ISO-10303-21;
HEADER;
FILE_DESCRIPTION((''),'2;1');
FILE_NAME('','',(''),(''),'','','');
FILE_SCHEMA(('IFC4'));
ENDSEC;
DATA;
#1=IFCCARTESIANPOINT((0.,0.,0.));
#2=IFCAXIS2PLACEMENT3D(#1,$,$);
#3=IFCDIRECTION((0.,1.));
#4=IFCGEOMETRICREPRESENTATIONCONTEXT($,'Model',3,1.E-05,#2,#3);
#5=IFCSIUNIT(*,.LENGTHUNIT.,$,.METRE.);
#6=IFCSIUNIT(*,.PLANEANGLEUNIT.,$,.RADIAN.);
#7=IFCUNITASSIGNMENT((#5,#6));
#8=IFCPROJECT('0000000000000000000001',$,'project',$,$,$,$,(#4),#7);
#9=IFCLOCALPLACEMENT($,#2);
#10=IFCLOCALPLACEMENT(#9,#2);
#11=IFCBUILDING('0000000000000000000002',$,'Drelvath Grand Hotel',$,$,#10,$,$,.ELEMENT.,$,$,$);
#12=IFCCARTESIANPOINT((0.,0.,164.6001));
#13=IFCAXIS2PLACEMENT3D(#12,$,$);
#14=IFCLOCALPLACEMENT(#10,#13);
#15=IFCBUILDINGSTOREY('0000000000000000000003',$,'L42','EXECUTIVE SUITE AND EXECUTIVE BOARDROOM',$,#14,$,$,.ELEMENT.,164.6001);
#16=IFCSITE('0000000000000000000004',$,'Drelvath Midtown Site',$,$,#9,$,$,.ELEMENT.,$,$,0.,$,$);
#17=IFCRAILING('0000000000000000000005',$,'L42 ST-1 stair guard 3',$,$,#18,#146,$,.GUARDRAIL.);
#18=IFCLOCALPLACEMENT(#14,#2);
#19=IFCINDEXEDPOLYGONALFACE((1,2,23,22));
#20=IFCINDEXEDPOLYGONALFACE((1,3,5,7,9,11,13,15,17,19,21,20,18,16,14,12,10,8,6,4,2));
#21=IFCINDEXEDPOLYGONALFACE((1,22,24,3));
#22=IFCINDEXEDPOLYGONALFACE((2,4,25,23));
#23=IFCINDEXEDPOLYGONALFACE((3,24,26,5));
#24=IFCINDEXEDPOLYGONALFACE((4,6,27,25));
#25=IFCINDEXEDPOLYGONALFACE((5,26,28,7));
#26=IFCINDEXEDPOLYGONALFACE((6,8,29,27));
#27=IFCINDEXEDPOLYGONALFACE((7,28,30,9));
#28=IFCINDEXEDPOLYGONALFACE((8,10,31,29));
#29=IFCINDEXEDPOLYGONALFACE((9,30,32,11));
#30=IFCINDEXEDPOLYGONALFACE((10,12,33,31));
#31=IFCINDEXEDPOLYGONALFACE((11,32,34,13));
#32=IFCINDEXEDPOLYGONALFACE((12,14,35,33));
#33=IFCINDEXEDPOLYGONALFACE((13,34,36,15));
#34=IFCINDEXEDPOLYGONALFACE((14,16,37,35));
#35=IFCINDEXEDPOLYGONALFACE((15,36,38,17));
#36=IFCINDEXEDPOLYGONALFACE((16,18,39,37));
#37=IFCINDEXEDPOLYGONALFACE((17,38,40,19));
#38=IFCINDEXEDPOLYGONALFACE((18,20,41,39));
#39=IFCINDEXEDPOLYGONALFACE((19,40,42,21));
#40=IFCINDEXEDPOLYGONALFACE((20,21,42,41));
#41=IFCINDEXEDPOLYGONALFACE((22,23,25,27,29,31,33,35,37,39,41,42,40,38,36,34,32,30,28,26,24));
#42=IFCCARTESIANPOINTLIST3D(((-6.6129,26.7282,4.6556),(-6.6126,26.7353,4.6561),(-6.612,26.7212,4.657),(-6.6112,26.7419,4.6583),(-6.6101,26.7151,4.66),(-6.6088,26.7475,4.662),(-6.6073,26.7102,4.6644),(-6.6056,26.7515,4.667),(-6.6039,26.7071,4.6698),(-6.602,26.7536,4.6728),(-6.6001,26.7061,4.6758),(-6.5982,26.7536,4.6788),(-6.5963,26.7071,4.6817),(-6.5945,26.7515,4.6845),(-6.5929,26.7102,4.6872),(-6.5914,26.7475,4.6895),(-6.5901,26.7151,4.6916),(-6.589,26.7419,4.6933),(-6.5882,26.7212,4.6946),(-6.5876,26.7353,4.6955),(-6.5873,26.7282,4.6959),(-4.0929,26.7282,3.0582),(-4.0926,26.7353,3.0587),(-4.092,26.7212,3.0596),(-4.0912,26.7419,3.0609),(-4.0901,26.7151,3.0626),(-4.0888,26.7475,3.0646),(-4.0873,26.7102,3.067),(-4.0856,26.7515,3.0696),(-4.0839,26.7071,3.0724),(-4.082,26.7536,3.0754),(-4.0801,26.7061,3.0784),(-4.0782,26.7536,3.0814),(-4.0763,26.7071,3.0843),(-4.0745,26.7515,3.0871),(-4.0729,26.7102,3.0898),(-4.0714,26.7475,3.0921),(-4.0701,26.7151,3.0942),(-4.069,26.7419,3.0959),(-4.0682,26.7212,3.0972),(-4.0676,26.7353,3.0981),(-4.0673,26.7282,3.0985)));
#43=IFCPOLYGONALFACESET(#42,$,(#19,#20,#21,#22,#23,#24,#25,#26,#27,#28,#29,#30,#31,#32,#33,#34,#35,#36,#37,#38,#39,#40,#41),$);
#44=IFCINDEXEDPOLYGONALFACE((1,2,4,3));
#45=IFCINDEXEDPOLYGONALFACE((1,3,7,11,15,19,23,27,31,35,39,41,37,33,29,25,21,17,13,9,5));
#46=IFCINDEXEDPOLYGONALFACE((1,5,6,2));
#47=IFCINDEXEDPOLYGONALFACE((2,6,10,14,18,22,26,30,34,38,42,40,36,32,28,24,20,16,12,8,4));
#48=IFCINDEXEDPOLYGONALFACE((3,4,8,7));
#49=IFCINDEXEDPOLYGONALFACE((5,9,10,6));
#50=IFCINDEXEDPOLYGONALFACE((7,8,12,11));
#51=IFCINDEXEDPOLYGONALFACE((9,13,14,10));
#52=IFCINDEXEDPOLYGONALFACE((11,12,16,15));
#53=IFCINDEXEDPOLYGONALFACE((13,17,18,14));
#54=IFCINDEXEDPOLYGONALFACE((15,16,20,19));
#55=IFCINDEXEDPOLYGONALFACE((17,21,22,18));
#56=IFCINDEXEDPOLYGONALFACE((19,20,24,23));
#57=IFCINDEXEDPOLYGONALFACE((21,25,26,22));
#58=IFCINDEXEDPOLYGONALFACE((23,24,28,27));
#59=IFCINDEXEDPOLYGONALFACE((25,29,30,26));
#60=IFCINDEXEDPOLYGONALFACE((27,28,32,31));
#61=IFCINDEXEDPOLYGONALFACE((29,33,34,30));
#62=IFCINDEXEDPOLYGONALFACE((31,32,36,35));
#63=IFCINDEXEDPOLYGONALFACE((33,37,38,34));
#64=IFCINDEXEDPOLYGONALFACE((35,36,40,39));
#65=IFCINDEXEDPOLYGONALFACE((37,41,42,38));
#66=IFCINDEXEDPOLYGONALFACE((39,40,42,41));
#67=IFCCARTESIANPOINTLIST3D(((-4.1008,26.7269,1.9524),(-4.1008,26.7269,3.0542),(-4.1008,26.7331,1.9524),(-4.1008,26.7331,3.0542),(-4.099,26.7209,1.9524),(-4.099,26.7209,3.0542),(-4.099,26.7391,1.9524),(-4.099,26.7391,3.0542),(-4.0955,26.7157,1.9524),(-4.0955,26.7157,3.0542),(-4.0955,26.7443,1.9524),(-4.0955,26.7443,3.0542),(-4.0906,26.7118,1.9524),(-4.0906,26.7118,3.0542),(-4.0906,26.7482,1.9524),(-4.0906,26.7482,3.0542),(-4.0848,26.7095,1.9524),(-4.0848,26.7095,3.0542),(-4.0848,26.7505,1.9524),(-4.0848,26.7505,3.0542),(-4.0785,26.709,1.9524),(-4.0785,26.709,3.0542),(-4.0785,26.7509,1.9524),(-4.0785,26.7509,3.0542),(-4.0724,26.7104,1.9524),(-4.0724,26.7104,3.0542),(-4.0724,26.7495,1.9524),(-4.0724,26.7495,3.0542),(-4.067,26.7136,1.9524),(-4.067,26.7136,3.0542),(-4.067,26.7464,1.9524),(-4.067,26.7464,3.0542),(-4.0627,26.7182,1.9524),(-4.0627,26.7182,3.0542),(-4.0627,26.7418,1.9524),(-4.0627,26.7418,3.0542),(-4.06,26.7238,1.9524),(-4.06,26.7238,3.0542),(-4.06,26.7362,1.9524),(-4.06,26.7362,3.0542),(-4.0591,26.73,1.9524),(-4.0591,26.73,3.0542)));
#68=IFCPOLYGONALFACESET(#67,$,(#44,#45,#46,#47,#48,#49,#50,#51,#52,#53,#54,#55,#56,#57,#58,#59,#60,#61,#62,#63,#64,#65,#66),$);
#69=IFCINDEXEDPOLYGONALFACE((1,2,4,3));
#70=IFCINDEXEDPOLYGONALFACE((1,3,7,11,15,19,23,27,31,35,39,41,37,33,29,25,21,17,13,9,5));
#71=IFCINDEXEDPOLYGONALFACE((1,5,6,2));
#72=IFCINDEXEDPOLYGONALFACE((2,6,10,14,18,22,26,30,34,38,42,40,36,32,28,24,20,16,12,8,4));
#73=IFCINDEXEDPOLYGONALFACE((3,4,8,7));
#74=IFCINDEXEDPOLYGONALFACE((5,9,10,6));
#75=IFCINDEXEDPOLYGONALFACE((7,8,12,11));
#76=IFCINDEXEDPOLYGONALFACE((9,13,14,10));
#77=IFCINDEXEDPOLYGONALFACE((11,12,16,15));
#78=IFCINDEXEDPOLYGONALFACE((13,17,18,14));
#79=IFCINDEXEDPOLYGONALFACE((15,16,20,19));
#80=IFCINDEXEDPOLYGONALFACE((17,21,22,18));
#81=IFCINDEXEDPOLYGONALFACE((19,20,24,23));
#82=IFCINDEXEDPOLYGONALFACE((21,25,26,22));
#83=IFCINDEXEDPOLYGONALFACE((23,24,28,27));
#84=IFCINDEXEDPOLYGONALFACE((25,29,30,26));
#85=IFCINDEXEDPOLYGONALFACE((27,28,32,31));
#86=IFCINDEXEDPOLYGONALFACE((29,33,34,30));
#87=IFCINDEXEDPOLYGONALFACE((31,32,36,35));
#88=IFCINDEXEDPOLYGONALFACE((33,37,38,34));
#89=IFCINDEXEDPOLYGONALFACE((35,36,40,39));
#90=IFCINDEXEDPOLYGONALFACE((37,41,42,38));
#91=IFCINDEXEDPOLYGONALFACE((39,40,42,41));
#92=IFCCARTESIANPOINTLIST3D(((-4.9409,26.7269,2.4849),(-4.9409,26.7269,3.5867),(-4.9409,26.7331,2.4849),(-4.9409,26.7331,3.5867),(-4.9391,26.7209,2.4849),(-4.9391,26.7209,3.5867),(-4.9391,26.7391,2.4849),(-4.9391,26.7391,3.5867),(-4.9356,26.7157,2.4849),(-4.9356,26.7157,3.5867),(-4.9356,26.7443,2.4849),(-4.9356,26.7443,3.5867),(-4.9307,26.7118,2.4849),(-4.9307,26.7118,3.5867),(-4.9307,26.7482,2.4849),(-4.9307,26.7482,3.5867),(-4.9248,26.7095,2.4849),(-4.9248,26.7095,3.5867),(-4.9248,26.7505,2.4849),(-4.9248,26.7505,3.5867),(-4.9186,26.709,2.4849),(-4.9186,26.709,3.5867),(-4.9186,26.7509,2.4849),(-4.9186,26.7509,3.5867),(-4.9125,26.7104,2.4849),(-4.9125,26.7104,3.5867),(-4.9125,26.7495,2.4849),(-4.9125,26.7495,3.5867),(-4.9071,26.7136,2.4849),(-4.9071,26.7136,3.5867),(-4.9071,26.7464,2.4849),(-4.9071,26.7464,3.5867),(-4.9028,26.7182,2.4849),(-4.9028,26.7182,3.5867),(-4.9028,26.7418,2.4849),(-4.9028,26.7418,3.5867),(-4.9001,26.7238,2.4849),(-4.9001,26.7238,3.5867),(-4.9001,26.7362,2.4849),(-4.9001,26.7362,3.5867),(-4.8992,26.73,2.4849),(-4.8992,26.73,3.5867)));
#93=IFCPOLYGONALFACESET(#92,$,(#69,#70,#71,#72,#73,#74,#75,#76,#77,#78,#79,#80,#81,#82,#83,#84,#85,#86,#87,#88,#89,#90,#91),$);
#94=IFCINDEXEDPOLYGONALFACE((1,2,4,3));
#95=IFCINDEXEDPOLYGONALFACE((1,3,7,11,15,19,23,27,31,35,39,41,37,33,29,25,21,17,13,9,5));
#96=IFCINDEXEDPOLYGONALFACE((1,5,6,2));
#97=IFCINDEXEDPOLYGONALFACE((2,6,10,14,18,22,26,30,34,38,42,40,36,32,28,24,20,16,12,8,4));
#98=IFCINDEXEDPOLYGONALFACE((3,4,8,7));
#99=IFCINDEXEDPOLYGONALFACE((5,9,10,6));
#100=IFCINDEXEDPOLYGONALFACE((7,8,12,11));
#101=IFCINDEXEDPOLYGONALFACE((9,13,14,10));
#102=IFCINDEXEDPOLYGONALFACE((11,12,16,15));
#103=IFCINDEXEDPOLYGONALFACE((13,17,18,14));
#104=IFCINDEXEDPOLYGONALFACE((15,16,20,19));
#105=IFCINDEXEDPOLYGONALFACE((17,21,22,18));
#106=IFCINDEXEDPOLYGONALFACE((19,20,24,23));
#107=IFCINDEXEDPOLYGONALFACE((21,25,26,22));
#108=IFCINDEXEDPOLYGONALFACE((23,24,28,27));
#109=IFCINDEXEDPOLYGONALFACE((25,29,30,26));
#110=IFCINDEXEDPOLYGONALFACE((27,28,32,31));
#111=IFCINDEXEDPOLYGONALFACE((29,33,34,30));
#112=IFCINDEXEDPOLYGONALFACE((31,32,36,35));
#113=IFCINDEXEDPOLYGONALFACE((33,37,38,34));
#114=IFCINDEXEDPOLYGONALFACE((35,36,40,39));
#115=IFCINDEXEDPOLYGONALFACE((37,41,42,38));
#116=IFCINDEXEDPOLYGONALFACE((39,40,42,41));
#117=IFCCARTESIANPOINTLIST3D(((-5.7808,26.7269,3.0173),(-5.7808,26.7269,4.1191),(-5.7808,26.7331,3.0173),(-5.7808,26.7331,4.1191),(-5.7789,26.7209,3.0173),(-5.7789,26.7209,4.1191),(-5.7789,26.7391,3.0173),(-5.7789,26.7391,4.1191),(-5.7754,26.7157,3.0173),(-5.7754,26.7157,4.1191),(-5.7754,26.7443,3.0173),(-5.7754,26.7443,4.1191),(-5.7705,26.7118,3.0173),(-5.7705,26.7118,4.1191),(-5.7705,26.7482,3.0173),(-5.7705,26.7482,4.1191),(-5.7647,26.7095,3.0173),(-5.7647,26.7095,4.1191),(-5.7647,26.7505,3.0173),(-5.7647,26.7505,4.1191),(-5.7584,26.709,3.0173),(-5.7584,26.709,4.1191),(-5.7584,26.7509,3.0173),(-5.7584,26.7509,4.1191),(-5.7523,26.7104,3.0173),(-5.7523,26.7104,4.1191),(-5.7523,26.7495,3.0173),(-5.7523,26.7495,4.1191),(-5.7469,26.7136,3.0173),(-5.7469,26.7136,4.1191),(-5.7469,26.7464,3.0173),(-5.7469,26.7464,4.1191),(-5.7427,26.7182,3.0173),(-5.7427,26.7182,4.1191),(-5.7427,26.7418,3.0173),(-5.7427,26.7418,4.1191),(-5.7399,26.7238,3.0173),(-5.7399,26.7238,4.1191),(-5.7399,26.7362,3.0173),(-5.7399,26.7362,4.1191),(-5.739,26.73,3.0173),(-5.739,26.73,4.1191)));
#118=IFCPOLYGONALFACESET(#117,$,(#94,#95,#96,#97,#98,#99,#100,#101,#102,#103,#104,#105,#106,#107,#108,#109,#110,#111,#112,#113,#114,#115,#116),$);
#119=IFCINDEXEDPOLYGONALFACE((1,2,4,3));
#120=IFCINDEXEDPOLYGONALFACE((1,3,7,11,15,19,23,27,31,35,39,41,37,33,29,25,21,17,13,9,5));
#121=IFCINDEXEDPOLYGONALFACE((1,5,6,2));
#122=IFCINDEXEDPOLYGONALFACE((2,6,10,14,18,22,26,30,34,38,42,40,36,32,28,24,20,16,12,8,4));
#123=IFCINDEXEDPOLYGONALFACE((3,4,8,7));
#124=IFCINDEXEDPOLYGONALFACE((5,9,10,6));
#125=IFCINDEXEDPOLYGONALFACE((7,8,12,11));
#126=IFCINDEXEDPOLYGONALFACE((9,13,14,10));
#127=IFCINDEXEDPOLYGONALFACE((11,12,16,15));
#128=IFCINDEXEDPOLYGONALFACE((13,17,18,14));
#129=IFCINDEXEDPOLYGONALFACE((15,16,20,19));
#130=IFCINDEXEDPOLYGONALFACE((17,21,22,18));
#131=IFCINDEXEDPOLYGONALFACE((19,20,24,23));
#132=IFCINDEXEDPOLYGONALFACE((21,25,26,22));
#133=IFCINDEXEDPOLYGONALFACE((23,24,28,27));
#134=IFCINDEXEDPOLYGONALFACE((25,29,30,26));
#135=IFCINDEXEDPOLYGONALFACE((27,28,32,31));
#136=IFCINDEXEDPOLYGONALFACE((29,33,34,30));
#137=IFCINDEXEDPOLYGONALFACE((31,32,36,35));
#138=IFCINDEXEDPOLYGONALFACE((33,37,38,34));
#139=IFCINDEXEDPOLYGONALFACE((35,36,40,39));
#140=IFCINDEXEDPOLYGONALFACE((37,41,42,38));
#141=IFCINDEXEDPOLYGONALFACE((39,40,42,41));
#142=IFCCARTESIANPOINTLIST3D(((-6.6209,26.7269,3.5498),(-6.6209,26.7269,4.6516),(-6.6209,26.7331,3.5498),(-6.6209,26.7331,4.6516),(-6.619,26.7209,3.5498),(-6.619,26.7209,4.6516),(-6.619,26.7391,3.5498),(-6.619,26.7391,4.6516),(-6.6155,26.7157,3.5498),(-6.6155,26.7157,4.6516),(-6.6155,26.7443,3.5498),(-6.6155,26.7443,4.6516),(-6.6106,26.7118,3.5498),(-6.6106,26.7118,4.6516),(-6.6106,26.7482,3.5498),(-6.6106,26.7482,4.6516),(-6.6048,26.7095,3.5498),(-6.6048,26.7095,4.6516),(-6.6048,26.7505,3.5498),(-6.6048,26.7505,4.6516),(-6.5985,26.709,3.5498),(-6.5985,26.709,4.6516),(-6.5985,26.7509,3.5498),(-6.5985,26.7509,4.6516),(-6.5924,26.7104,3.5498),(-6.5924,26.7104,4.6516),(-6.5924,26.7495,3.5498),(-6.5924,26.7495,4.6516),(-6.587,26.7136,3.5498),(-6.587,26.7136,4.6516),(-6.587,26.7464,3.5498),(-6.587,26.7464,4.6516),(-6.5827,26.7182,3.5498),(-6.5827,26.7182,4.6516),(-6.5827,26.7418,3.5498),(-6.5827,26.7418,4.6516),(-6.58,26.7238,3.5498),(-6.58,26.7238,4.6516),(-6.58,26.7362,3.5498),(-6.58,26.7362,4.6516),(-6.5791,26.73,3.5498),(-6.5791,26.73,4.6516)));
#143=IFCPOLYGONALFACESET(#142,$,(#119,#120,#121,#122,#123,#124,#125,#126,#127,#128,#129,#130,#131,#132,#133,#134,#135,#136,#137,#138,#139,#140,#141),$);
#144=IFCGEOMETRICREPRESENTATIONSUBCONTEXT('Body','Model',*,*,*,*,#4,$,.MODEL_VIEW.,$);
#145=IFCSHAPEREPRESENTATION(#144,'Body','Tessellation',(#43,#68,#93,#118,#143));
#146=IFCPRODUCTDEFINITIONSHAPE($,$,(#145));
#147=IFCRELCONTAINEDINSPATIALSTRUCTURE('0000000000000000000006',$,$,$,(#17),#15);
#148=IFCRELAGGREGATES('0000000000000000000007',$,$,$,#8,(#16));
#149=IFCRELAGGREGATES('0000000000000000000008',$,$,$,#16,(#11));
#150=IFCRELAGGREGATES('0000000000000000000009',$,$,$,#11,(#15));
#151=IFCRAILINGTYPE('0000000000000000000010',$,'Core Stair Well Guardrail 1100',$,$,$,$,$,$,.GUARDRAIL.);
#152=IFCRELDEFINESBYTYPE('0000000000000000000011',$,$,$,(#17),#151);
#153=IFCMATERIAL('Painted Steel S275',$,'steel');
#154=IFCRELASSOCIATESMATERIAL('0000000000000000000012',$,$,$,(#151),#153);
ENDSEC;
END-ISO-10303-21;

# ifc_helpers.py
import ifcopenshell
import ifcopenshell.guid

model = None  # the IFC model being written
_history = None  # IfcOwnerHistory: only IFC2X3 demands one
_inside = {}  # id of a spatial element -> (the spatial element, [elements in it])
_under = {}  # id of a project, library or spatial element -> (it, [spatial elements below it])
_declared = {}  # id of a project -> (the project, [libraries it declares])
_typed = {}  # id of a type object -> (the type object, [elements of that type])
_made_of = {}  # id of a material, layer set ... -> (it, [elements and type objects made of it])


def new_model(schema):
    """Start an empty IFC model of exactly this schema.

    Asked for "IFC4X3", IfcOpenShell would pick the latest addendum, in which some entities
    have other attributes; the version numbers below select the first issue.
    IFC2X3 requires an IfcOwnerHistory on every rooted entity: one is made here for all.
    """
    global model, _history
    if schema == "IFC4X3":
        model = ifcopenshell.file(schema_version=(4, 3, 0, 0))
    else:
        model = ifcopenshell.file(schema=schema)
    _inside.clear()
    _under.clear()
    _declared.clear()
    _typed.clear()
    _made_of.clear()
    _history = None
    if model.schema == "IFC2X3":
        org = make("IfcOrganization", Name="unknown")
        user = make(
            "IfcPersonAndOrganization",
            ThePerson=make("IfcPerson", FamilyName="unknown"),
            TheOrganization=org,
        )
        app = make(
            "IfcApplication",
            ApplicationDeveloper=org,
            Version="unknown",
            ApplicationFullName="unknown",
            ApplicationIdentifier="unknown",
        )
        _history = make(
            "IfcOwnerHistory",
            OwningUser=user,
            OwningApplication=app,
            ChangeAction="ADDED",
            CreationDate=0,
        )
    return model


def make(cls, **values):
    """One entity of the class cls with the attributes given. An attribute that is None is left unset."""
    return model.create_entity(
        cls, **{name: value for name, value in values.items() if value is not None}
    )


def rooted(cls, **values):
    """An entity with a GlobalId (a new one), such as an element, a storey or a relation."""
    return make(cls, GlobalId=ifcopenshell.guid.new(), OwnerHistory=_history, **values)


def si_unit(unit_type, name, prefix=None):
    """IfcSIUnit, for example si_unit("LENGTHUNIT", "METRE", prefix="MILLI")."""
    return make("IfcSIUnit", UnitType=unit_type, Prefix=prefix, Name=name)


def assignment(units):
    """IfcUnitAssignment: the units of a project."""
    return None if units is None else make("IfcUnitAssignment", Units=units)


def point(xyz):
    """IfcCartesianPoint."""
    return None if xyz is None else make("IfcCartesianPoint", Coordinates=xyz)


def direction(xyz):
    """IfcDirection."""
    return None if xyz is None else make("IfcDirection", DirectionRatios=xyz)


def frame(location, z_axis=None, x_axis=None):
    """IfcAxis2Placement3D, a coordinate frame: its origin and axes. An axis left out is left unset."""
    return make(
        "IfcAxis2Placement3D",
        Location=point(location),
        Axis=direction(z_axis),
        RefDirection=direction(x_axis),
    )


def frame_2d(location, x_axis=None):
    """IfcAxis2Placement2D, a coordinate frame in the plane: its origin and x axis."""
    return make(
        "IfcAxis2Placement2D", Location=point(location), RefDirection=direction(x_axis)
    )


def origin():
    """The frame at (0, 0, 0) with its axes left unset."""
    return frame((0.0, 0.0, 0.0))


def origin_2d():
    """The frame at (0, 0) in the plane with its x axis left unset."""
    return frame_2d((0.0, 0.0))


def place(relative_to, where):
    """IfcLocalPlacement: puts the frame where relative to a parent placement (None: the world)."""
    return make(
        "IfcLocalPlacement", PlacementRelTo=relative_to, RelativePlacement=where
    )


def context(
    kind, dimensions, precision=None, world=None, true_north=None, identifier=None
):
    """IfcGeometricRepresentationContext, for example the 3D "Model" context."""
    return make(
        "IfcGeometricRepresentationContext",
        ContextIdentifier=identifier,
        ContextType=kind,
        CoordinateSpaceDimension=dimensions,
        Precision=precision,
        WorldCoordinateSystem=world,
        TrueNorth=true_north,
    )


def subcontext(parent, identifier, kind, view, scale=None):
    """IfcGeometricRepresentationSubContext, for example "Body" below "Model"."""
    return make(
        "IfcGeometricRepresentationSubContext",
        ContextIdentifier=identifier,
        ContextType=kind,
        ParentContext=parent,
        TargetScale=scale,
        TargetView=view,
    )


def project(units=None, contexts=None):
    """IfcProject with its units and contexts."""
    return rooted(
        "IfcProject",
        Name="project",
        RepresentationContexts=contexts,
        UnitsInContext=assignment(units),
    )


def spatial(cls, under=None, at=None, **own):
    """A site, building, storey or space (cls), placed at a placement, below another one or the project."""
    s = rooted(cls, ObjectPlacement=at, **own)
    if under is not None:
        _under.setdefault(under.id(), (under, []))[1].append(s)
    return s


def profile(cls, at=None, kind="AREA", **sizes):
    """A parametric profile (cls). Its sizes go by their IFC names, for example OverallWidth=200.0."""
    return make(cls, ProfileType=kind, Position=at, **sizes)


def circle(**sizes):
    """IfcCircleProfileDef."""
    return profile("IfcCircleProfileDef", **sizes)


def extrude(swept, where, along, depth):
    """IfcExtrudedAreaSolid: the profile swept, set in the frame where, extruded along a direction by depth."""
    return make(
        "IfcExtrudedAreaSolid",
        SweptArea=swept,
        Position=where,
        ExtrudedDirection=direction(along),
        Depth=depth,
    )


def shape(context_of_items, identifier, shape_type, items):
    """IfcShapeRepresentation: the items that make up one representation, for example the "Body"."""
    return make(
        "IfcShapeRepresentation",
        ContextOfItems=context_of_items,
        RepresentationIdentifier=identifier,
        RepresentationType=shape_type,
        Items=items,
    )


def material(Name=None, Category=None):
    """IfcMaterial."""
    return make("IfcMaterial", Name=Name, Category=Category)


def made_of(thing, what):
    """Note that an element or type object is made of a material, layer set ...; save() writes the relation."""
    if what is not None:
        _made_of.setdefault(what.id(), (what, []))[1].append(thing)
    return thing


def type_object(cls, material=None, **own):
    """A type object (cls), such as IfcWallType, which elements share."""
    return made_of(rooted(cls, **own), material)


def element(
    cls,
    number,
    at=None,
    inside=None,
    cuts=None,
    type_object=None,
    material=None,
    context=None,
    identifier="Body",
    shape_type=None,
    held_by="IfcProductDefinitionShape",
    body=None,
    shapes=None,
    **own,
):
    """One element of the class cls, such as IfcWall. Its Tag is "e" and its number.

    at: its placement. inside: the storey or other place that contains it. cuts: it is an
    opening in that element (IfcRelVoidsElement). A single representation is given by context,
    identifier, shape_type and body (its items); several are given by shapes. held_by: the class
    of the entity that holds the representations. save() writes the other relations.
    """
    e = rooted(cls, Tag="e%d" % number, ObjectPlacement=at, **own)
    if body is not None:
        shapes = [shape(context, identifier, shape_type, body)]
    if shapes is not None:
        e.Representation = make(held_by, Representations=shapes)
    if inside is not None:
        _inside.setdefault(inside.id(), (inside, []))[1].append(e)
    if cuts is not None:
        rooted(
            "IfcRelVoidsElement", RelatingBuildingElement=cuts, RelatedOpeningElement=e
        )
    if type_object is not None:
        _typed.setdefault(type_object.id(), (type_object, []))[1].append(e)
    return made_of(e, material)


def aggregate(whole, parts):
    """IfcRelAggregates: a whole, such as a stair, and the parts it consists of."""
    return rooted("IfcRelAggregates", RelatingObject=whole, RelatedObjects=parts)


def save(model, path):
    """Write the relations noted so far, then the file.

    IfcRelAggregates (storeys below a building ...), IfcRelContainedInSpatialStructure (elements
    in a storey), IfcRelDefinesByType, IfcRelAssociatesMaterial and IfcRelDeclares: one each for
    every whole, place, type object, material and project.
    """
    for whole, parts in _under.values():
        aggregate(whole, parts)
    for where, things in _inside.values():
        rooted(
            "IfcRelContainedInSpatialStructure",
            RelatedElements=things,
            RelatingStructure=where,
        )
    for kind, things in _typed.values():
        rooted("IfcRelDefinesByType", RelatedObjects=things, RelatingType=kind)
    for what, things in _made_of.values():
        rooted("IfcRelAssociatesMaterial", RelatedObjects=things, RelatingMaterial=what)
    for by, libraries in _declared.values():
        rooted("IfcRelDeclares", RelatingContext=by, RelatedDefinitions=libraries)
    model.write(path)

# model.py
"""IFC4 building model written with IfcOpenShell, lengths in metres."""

from ifc_helpers import new_model, si_unit, direction, frame, origin, origin_2d, place, context, subcontext, project, spatial, circle, extrude, material, type_object, element, save


model = new_model("IFC4")

# Units and contexts
model_context = context("Model", 3, precision=1e-05, world=origin(), true_north=direction((0.0, 1.0)))
body_context = subcontext(model_context, "Body", "Model", "MODEL_VIEW")
ifc_project = project(units=[si_unit("LENGTHUNIT", "METRE"), si_unit("PLANEANGLEUNIT", "RADIAN")], contexts=[model_context])

# Site, building, storey
site_placement = place(None, origin())
site = spatial("IfcSite", under=ifc_project, at=site_placement, Name="Drelvath Midtown Site", CompositionType="ELEMENT", RefElevation=0.0)
building_placement = place(site_placement, origin())
building = spatial("IfcBuilding", under=site, at=building_placement, Name="Drelvath Grand Hotel", CompositionType="ELEMENT")
storey_placement = place(building_placement, frame((0.0, 0.0, 164.6001)))
storey = spatial("IfcBuildingStorey", under=building, at=storey_placement, Name="L42", Description="EXECUTIVE SUITE AND EXECUTIVE BOARDROOM", CompositionType="ELEMENT", Elevation=164.6001)

# Railing
ifc_material_1 = material(Name="Painted Steel S275", Category="steel")
railing_type_1 = type_object("IfcRailingType", Name="Core Stair Well Guardrail 1100", PredefinedType="GUARDRAIL", material=ifc_material_1)
railing_1_placement = place(storey_placement, frame((-4.0801, 26.73, 1.9524)))
element("IfcRailing", 1, at=railing_1_placement, inside=storey, type_object=railing_type_1, Name="L42 ST-1 stair guard 3", PredefinedType="GUARDRAIL", context=body_context, shape_type="SweptSolid", body=[
    extrude(circle(Radius=0.0239, at=origin_2d()), frame((0.0, 0.0, 1.126), z_axis=(-0.844607, 0.0, 0.535387), x_axis=(0.0, -1.0, 0.0)), (0.0, 0.0, 1.0), 2.9836),
    extrude(circle(Radius=0.021, at=origin_2d()), origin(), (0.0, 0.0, 1.0), 1.1018),
    extrude(circle(Radius=0.021, at=origin_2d()), frame((-0.8401, 0.0, 0.5325)), (0.0, 0.0, 1.0), 1.1018),
    extrude(circle(Radius=0.021, at=origin_2d()), frame((-1.6799, 0.0, 1.0649)), (0.0, 0.0, 1.0), 1.1018),
    extrude(circle(Radius=0.021, at=origin_2d()), frame((-2.52, 0.0, 1.5974)), (0.0, 0.0, 1.0), 1.1018),
])

save(model, "model.ifc")
